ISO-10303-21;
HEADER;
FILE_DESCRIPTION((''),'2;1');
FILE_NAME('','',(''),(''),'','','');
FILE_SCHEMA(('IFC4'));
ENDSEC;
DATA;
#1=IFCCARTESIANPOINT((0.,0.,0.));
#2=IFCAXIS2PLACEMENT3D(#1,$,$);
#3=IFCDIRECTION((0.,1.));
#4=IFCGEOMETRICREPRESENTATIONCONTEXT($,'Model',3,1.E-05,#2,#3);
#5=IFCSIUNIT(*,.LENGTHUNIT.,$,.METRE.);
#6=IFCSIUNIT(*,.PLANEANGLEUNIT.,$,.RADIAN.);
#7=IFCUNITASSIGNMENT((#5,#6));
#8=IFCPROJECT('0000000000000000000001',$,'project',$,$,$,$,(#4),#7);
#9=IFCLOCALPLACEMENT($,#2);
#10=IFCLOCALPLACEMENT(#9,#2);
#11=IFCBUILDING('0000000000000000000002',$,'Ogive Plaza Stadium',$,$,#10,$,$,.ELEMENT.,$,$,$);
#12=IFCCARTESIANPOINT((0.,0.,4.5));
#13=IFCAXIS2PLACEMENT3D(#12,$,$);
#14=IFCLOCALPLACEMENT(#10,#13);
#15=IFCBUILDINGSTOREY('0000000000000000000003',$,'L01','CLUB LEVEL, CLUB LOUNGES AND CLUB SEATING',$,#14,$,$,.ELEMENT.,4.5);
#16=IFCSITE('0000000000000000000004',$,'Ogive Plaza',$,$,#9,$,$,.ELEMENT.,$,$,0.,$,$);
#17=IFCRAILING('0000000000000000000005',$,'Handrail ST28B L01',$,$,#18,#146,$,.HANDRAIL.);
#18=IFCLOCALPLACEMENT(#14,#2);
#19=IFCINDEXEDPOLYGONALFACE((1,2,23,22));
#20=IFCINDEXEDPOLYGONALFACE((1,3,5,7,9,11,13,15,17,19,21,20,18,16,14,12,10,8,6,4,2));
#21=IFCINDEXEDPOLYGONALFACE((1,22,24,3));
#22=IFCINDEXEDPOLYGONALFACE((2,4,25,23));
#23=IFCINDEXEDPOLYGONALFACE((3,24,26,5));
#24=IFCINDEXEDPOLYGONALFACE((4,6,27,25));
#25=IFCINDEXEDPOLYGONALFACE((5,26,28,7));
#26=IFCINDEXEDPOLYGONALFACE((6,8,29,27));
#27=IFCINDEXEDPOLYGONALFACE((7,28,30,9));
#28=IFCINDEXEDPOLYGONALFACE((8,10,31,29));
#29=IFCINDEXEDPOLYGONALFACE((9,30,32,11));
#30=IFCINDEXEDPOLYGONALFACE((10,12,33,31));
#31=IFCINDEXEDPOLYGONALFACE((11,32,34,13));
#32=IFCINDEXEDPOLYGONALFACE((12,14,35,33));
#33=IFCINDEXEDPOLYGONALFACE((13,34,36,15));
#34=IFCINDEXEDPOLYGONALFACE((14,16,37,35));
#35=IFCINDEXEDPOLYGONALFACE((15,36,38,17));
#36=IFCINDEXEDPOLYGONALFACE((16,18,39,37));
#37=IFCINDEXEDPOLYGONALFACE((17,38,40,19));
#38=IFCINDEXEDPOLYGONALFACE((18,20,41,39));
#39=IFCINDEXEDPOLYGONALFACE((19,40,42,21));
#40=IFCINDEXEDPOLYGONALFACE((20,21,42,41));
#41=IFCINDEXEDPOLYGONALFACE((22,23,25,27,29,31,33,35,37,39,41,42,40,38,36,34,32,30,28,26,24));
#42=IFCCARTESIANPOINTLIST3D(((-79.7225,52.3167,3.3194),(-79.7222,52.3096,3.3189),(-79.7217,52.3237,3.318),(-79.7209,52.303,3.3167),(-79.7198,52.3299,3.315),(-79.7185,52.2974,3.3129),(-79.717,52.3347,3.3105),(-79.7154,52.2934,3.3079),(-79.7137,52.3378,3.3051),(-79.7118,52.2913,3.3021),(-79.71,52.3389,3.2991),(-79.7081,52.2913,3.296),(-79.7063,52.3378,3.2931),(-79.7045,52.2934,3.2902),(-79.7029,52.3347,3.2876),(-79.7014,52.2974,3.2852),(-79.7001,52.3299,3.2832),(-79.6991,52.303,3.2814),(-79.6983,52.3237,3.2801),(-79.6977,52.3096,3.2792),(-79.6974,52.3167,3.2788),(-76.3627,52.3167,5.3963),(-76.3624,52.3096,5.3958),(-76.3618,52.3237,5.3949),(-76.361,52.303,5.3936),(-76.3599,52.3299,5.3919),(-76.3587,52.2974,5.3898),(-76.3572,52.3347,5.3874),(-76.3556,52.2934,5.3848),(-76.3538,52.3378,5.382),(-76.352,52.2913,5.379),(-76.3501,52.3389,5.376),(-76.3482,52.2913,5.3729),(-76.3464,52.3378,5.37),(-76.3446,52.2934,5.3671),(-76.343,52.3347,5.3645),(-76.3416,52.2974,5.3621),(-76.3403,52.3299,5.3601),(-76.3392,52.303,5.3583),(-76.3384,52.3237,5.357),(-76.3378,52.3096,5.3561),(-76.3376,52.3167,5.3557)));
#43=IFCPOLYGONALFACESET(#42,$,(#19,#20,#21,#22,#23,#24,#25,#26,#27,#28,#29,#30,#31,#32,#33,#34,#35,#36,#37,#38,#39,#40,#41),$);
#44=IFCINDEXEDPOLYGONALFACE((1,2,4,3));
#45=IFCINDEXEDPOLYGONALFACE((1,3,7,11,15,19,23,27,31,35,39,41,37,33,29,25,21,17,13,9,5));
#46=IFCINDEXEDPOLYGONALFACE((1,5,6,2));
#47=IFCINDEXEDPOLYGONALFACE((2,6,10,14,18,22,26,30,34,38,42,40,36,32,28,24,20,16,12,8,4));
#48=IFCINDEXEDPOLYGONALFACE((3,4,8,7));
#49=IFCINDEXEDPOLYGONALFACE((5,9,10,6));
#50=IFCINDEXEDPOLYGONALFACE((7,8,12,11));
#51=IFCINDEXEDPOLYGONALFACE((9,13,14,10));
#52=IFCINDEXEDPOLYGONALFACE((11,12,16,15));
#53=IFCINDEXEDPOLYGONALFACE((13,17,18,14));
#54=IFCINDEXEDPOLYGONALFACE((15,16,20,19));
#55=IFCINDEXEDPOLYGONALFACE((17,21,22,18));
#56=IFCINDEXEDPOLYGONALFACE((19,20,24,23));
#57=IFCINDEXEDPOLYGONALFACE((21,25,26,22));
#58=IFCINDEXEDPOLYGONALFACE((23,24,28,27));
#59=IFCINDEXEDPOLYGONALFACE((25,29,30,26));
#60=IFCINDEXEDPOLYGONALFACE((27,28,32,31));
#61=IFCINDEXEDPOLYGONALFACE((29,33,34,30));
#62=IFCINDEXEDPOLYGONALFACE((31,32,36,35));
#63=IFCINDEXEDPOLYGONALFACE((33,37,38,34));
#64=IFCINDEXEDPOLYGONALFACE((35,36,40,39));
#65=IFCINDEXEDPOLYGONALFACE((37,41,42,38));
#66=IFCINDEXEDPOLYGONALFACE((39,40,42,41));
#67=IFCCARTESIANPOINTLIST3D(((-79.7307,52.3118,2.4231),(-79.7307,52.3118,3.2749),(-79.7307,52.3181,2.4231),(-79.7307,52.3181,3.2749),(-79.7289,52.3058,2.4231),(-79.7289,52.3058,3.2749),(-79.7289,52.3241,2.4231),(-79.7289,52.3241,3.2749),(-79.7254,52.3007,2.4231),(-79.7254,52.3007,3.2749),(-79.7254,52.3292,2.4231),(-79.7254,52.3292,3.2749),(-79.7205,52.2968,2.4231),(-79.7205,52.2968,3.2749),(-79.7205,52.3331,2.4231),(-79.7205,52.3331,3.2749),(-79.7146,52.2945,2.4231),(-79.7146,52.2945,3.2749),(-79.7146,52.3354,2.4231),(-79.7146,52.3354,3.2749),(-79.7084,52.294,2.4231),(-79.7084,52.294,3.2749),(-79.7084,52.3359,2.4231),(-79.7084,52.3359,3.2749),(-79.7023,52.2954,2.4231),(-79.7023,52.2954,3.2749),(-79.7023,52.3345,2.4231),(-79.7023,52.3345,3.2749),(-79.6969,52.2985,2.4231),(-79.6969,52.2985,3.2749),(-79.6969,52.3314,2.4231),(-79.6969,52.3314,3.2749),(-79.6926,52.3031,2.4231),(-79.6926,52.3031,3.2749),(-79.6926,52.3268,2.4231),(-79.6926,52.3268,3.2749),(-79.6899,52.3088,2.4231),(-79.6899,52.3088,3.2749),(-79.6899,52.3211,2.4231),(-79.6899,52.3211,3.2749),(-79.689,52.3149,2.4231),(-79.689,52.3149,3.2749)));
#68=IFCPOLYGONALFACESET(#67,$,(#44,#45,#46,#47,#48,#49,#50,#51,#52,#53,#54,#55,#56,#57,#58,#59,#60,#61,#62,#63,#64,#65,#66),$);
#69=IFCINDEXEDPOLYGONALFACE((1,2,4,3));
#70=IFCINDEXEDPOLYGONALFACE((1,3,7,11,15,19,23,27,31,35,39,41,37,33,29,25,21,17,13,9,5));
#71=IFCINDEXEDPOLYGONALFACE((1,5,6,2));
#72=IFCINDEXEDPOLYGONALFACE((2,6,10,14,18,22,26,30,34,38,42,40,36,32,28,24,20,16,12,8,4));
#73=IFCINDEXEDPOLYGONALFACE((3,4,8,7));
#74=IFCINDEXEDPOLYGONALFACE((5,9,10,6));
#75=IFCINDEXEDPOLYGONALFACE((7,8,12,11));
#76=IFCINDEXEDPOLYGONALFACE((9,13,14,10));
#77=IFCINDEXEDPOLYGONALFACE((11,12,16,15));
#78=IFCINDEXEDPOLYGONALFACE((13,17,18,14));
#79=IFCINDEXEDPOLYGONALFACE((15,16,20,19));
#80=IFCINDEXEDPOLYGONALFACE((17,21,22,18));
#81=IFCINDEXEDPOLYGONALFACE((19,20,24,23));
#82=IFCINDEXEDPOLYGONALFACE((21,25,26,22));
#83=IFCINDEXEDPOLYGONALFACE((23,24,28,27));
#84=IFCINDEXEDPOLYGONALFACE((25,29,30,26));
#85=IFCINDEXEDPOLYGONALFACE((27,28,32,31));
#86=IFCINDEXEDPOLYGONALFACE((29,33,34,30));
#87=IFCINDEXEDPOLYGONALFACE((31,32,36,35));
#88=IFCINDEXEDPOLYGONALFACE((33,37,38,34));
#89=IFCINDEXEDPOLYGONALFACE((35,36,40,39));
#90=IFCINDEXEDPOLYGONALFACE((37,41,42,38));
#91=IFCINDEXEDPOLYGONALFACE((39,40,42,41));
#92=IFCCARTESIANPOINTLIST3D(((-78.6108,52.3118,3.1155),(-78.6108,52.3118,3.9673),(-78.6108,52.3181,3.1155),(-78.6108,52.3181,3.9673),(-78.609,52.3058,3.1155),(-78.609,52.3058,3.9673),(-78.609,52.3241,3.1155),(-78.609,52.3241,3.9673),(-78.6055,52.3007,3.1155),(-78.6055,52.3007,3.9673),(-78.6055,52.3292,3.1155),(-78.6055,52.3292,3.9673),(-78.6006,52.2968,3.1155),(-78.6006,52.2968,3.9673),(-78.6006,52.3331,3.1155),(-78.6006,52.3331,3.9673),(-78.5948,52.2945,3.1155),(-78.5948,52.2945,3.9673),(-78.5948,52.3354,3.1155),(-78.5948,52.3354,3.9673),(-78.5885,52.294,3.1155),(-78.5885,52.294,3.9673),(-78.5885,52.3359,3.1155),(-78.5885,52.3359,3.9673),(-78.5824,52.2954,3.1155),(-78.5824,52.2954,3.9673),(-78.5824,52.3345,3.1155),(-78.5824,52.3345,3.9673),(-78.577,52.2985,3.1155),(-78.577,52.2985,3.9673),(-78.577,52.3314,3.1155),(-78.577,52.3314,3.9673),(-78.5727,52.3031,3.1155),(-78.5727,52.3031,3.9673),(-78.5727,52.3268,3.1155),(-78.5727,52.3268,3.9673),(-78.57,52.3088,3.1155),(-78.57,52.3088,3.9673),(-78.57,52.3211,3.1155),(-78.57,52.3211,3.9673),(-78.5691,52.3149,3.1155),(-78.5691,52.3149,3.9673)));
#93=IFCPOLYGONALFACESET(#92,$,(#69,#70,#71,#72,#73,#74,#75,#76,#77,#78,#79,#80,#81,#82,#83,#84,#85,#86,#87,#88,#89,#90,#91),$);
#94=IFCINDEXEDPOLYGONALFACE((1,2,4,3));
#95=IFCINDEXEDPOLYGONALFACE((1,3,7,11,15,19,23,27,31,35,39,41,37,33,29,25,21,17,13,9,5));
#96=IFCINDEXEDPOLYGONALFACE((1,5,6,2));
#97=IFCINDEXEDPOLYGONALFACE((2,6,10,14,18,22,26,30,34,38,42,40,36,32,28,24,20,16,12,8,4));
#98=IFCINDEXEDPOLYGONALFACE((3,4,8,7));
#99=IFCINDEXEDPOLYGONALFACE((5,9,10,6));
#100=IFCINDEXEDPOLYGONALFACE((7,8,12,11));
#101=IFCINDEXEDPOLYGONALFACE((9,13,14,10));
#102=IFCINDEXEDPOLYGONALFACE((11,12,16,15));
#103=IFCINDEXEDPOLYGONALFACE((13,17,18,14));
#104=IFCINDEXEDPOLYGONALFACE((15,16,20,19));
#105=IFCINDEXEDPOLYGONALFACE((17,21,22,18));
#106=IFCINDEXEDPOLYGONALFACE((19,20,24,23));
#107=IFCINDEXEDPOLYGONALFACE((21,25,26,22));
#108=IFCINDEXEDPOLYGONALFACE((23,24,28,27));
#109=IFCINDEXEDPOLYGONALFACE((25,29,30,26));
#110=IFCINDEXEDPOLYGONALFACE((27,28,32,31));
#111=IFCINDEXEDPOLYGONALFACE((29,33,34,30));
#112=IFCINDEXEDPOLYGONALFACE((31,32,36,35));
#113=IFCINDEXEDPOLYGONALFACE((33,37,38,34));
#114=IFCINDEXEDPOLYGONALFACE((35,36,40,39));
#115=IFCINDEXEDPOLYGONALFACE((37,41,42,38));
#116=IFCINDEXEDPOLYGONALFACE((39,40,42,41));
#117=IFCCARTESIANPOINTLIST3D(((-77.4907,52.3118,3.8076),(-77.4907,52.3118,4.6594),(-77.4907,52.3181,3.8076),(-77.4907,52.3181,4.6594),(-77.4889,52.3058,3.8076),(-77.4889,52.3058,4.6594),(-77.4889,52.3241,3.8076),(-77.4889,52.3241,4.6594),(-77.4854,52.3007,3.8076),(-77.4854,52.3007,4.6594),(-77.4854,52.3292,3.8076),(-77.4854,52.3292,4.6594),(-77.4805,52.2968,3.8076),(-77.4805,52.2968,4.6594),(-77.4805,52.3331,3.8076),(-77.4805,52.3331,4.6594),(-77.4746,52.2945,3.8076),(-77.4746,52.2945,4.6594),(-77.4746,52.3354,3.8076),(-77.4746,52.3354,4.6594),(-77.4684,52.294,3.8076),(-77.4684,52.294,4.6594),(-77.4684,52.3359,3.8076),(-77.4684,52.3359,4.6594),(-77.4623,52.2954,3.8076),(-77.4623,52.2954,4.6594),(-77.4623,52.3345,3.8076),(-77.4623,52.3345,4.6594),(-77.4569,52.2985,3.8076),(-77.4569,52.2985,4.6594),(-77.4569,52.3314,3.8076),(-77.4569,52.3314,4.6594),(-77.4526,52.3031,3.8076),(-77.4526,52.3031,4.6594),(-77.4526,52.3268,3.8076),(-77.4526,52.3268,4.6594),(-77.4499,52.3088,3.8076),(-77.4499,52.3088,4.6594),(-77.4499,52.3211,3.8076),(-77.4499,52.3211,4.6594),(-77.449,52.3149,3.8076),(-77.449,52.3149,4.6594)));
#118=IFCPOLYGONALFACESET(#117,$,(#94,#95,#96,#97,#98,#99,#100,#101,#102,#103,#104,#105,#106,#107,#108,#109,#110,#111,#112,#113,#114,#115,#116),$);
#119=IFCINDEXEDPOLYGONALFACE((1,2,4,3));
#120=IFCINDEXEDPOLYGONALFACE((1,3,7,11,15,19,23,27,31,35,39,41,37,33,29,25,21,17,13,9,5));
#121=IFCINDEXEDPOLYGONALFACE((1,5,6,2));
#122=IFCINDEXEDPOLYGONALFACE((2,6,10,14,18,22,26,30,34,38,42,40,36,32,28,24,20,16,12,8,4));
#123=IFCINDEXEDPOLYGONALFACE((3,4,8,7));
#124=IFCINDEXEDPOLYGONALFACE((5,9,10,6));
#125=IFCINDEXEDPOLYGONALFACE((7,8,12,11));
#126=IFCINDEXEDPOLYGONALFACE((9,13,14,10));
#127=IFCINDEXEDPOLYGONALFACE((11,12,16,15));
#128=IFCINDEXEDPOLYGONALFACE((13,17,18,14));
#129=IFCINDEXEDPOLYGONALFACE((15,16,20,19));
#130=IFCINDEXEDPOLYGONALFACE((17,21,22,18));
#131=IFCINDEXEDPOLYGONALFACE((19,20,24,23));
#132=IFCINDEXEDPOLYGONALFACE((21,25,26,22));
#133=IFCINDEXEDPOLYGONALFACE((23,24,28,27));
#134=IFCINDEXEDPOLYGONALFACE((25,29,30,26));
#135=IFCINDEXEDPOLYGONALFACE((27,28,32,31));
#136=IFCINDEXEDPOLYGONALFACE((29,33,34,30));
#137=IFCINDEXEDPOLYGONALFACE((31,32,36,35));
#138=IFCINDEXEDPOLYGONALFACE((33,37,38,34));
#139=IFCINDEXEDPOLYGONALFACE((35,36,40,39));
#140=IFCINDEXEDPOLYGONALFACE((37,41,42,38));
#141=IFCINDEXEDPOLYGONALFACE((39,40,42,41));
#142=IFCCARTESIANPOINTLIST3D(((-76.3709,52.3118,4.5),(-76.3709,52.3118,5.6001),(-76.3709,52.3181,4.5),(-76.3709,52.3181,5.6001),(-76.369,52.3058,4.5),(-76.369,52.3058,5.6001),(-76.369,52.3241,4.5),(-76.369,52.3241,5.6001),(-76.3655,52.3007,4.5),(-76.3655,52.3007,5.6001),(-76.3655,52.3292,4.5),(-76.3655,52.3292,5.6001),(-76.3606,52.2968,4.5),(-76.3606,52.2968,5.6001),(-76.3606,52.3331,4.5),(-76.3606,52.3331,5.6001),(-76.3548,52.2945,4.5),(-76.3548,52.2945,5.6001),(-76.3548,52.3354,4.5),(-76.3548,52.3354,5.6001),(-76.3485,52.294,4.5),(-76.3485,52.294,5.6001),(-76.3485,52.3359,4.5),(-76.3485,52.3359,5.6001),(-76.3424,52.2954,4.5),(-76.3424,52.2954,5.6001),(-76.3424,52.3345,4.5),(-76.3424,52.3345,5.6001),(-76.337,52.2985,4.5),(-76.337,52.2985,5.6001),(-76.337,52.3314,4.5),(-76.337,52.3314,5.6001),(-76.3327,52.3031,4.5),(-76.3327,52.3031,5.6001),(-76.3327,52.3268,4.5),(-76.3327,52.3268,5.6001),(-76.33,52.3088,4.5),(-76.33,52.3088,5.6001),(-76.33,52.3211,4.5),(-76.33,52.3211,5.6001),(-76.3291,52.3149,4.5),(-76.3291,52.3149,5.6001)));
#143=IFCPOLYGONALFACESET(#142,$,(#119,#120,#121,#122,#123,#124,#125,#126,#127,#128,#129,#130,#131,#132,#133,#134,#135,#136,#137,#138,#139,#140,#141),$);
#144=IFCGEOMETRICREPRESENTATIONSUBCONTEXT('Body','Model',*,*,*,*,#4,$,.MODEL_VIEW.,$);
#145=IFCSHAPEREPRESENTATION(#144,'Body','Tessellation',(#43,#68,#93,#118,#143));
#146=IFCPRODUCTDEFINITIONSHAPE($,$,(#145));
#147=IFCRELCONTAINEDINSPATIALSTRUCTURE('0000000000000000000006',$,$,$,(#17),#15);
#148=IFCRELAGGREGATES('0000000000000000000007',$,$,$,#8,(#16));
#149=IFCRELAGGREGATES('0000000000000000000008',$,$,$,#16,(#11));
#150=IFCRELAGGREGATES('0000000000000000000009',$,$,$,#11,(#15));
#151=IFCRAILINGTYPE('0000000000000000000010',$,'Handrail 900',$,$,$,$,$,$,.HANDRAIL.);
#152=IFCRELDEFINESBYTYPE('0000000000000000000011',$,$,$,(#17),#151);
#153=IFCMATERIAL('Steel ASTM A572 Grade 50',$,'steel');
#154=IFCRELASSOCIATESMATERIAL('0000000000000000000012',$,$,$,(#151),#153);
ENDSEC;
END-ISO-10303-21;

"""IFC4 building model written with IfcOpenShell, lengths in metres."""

from ifc_helpers import new_model, si_unit, direction, frame, origin, origin_2d, place, context, subcontext, project, spatial, circle, extrude, material, type_object, element, save


model = new_model("IFC4")

# Units and contexts
model_context = context("Model", 3, precision=1e-05, world=origin(), true_north=direction((0.0, 1.0)))
body_context = subcontext(model_context, "Body", "Model", "MODEL_VIEW")
ifc_project = project(units=[si_unit("LENGTHUNIT", "METRE"), si_unit("PLANEANGLEUNIT", "RADIAN")], contexts=[model_context])

# Site, building, storey
site_placement = place(None, origin())
site = spatial("IfcSite", under=ifc_project, at=site_placement, Name="Ogive Plaza", CompositionType="ELEMENT", RefElevation=0.0)
building_placement = place(site_placement, origin())
building = spatial("IfcBuilding", under=site, at=building_placement, Name="Ogive Plaza Stadium", CompositionType="ELEMENT")
storey_placement = place(building_placement, frame((0.0, 0.0, 4.5)))
storey = spatial("IfcBuildingStorey", under=building, at=storey_placement, Name="L01", Description="CLUB LEVEL, CLUB LOUNGES AND CLUB SEATING", CompositionType="ELEMENT", Elevation=4.5)

# Railing
ifc_material_1 = material(Name="Steel ASTM A572 Grade 50", Category="steel")
railing_type_1 = type_object("IfcRailingType", Name="Handrail 900", PredefinedType="HANDRAIL", material=ifc_material_1)
for number, where, name in (
    (1, (-79.71, 52.3149, 2.4231), "Handrail ST28B L01"),
):
    element("IfcRailing", number, at=place(storey_placement, frame(where)), inside=storey, type_object=railing_type_1, Name=name, PredefinedType="HANDRAIL", context=body_context, shape_type="SweptSolid", body=[
        extrude(circle(Radius=0.0239, at=origin_2d()), frame((0.0, 0.0, 0.876), z_axis=(0.850606, 0.0, 0.525803), x_axis=(0.0, 1.0, 0.0)), (0.0, 0.0, 1.0), 3.95),
        extrude(circle(Radius=0.021, at=origin_2d()), origin(), (0.0, 0.0, 1.0), 0.8518),
        extrude(circle(Radius=0.021, at=origin_2d()), frame((1.1199, 0.0, 0.6924)), (0.0, 0.0, 1.0), 0.8518),
        extrude(circle(Radius=0.021, at=origin_2d()), frame((2.24, 0.0, 1.3845)), (0.0, 0.0, 1.0), 0.8518),
        extrude(circle(Radius=0.021, at=origin_2d()), frame((3.3599, 0.0, 2.0769)), (0.0, 0.0, 1.0), 1.1001),
    ])

save(model, "model.ifc")
